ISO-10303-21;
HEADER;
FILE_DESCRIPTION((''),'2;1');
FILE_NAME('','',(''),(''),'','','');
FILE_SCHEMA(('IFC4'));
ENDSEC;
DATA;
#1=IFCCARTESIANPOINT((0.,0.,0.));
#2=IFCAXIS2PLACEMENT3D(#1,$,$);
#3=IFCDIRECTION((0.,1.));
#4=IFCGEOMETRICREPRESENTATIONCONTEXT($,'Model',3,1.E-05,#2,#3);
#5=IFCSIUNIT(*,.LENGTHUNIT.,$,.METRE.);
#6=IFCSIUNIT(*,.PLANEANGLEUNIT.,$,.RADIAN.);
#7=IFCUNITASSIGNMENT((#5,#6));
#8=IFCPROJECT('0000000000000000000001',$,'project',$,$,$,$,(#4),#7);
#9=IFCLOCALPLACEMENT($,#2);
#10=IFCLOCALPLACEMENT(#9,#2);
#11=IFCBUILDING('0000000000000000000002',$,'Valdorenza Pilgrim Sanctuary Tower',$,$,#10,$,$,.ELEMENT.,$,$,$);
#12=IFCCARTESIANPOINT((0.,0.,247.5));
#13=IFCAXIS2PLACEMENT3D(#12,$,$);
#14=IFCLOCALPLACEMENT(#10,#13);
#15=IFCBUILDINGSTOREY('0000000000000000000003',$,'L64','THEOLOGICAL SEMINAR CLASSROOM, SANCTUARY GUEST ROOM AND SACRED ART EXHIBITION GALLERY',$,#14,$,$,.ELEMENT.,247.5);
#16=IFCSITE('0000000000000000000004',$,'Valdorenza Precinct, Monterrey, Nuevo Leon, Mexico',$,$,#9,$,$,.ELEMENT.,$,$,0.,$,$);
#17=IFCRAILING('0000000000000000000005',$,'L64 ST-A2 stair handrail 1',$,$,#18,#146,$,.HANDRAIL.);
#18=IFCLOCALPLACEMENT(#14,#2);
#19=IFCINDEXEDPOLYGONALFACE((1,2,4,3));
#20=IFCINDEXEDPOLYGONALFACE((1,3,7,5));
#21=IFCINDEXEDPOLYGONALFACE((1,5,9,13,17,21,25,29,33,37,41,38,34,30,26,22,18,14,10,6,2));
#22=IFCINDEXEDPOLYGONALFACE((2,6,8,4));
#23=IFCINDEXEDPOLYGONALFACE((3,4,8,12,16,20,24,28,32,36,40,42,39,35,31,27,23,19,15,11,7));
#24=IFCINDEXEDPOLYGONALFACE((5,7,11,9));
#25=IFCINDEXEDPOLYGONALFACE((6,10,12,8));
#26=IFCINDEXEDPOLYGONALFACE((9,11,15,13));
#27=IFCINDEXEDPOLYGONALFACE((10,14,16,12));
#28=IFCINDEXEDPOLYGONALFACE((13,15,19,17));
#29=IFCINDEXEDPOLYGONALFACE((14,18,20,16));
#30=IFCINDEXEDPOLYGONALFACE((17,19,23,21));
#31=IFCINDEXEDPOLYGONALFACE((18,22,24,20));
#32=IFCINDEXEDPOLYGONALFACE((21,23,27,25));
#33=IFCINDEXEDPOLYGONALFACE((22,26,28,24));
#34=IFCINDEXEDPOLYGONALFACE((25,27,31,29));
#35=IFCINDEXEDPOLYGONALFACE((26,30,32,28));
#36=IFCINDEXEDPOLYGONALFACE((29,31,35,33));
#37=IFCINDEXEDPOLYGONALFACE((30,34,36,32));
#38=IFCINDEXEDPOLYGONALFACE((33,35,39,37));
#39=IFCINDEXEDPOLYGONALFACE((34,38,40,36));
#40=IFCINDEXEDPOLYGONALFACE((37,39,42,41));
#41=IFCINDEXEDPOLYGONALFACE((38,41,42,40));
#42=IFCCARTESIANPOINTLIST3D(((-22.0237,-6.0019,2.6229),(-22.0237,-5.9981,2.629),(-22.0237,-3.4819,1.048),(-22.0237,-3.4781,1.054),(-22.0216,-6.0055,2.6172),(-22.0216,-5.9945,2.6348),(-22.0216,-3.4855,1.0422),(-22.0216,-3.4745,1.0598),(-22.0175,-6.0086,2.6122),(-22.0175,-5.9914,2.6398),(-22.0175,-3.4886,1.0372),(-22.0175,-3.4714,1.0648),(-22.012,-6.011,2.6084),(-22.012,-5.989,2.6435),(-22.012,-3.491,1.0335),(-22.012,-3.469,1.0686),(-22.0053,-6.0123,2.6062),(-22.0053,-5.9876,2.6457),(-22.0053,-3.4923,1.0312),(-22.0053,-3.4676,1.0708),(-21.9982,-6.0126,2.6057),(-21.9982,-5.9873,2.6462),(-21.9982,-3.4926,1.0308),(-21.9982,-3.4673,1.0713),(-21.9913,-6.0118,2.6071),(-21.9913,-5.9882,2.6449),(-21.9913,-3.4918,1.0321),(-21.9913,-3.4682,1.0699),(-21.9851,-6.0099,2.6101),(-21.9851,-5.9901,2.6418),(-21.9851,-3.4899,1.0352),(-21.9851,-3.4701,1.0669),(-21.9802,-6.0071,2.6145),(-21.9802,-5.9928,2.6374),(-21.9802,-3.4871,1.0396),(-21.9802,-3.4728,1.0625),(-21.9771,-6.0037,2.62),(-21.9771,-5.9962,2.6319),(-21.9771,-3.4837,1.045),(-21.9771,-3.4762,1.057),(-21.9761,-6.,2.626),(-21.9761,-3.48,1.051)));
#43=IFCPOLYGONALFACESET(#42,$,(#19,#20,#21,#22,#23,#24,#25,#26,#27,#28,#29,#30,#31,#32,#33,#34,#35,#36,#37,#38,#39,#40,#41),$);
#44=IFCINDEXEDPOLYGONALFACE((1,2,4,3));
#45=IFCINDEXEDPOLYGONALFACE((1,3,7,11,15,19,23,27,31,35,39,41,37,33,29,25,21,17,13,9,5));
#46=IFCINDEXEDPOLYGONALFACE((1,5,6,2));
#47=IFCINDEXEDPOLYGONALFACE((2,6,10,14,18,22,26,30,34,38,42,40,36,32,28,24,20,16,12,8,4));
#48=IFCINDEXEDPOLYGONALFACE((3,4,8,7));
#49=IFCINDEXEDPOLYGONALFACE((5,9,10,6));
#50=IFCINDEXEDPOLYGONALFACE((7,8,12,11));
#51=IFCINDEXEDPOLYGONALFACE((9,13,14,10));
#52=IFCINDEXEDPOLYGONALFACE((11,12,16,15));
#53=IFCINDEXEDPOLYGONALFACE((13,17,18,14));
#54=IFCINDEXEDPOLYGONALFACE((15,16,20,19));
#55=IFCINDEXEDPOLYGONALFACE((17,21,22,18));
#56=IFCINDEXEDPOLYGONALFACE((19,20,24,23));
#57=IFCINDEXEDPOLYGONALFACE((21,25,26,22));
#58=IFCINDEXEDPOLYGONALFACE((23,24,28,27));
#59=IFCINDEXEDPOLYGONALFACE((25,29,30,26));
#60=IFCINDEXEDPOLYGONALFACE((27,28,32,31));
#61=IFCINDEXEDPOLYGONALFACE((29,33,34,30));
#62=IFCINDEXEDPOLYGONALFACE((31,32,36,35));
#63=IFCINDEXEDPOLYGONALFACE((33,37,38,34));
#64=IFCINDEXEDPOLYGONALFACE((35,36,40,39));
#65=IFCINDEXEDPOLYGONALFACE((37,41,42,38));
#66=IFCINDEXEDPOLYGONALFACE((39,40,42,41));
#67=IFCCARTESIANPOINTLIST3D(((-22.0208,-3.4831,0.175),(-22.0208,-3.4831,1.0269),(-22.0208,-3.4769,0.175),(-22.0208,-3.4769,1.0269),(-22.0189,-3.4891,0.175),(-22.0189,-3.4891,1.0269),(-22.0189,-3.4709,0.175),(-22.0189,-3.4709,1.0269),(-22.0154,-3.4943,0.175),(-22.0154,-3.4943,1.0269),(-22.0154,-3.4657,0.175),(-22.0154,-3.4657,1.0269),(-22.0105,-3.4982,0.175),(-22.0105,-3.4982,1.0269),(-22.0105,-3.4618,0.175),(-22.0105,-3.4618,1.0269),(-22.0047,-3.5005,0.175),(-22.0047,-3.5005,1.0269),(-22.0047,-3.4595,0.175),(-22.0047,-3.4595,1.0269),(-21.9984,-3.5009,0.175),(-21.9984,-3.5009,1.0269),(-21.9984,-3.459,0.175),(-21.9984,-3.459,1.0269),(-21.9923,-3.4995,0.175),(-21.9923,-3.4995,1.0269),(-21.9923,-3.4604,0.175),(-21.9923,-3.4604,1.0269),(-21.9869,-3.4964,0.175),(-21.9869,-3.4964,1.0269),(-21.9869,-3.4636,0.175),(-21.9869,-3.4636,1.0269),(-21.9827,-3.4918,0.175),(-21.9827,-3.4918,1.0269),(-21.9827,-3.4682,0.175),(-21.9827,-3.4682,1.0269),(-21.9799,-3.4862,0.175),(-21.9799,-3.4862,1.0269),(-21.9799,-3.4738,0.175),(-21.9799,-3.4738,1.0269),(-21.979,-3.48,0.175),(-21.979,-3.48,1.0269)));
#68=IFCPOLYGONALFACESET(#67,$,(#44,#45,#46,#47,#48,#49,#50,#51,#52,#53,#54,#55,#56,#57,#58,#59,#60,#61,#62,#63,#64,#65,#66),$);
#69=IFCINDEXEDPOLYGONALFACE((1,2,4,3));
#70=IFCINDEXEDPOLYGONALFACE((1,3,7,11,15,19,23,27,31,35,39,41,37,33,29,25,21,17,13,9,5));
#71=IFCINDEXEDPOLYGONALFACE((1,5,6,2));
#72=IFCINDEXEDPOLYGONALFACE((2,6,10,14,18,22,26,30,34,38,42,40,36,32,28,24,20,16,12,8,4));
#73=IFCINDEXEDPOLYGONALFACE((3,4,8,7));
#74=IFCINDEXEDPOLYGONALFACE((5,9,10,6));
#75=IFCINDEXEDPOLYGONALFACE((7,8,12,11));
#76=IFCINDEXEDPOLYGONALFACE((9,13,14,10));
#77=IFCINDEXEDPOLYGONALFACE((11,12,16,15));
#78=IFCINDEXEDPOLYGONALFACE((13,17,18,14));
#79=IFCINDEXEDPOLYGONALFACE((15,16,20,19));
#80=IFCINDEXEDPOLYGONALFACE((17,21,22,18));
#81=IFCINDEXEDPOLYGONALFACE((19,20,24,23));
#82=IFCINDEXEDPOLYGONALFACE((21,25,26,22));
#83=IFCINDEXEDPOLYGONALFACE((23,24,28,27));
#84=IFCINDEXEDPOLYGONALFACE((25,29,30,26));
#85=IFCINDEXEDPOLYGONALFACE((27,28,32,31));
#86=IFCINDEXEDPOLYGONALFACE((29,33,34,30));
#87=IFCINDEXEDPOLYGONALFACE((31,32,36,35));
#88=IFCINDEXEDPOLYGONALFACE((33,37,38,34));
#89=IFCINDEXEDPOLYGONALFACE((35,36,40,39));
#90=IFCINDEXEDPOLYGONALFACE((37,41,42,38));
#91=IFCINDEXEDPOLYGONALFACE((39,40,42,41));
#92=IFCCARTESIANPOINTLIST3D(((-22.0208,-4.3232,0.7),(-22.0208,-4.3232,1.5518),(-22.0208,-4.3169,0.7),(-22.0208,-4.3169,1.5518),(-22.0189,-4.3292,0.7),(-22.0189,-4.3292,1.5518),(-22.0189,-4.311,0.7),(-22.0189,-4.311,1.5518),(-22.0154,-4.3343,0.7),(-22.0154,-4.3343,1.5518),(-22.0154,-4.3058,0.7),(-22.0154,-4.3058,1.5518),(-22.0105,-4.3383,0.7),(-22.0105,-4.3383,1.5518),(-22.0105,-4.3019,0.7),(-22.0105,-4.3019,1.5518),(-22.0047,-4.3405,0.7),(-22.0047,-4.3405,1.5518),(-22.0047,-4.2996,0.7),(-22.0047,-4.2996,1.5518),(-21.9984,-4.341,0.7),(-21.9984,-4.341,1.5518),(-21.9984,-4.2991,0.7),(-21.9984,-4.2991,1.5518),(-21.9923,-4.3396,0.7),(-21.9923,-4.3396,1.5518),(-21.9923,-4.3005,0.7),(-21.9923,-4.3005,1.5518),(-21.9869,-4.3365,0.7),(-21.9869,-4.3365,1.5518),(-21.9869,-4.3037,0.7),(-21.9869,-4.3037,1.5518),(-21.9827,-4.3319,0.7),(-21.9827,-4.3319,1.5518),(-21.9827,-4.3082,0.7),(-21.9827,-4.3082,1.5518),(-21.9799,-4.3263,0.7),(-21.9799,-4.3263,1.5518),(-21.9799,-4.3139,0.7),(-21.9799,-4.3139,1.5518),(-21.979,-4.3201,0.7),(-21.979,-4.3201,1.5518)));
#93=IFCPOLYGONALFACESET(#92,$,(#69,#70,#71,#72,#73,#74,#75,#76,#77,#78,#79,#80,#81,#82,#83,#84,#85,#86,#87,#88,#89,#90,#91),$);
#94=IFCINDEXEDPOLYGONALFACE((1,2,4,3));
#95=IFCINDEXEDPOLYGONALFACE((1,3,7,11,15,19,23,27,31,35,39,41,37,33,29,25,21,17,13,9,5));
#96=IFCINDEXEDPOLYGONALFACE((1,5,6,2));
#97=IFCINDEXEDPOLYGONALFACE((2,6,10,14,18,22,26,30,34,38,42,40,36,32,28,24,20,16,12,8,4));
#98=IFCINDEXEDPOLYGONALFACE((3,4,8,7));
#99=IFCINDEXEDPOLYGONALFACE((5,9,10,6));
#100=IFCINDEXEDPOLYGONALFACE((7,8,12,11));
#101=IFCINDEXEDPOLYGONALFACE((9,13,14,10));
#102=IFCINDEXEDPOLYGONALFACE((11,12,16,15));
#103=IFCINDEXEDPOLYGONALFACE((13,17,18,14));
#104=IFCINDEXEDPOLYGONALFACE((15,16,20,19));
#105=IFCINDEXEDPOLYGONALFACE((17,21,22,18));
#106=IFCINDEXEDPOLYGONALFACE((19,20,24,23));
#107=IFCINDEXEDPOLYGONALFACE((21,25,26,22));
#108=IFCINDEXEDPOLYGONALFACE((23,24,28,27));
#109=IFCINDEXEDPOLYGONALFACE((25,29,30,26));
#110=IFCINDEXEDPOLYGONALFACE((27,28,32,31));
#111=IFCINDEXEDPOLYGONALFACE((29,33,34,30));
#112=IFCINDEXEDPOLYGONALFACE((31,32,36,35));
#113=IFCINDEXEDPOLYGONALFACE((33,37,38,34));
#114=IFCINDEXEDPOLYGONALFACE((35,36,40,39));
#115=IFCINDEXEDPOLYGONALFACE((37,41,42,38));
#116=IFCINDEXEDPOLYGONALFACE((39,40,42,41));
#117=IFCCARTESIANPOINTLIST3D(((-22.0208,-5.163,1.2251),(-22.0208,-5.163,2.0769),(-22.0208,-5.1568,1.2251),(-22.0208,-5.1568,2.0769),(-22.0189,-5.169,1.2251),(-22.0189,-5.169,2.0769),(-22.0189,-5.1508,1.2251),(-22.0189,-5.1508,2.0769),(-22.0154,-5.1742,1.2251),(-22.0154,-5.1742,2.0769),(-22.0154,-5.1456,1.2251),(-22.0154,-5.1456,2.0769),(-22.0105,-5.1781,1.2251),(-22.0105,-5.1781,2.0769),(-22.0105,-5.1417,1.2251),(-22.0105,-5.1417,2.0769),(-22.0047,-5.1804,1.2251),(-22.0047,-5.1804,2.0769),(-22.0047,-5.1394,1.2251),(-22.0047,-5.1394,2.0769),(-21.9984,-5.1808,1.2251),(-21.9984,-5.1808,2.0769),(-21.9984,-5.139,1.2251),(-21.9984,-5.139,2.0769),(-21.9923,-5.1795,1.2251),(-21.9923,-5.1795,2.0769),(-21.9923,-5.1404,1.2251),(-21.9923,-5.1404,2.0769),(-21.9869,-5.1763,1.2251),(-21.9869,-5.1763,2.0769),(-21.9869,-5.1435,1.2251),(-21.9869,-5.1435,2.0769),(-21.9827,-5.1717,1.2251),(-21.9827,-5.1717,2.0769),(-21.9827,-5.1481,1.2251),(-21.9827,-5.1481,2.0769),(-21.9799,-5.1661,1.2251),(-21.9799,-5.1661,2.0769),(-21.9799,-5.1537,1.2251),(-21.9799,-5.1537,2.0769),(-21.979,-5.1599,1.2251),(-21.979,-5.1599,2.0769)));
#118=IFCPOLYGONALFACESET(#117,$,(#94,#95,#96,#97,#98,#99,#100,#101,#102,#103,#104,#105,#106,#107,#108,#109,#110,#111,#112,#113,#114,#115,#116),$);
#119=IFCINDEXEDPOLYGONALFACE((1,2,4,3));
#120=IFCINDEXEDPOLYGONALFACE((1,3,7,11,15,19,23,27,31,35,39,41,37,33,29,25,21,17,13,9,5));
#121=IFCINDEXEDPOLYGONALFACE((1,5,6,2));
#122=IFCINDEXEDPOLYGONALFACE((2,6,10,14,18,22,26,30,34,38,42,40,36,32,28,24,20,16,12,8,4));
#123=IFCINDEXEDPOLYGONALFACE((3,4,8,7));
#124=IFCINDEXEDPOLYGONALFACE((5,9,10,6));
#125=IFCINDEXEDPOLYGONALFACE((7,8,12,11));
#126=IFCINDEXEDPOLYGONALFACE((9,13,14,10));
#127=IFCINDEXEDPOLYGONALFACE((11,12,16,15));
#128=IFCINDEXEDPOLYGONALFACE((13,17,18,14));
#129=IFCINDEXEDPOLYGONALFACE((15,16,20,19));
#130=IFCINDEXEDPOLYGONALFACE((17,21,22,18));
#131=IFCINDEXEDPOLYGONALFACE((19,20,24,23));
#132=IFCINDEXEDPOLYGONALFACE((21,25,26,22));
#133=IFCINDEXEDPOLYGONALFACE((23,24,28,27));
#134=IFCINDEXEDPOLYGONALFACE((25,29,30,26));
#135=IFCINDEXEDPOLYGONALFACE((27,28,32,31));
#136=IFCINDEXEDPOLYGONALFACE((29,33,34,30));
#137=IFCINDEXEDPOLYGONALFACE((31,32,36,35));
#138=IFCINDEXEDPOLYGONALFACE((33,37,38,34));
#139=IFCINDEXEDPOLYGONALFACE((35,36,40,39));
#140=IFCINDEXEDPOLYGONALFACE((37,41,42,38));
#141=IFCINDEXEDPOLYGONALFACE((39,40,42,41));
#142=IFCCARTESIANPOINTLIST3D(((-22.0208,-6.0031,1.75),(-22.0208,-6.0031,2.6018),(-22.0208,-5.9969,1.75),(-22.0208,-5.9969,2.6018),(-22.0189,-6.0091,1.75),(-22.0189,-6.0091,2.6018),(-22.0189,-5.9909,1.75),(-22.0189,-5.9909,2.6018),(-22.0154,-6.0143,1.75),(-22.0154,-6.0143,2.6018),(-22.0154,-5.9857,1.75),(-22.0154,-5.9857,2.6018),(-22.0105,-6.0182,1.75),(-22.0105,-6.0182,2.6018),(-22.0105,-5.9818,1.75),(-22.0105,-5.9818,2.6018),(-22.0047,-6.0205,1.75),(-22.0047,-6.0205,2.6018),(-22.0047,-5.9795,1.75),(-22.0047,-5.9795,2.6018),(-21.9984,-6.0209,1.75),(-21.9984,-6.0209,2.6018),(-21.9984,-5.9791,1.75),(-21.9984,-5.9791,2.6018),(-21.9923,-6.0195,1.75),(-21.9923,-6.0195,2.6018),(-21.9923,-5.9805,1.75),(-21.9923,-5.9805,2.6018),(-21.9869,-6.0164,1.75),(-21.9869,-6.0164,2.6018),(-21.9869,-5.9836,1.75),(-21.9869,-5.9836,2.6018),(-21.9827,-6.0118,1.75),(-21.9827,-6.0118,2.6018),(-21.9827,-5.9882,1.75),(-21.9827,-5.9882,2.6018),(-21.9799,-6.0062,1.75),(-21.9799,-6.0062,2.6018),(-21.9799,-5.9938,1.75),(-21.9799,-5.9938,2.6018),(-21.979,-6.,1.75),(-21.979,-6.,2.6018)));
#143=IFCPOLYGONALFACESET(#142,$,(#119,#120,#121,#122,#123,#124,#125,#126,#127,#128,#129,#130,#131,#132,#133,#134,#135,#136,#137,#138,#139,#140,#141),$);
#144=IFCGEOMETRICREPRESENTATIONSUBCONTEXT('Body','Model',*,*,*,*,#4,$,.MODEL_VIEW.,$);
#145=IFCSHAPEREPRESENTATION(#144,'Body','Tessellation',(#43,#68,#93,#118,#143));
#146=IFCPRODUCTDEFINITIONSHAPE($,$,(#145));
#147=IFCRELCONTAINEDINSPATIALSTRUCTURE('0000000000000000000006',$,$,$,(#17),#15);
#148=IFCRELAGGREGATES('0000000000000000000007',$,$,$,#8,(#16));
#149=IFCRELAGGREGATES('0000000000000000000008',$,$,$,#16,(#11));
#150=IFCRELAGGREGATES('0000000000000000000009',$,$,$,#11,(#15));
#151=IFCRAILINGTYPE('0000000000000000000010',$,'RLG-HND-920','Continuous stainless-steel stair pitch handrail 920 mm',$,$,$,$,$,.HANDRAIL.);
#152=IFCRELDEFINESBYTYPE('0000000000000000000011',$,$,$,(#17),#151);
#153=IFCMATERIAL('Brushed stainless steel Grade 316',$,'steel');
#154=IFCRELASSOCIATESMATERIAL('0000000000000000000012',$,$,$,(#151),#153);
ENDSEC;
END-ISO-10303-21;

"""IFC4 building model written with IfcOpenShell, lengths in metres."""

from ifc_helpers import new_model, si_unit, direction, frame, origin, origin_2d, place, context, subcontext, project, spatial, circle, extrude, material, type_object, element, save


model = new_model("IFC4")

# Units and contexts
model_context = context("Model", 3, precision=1e-05, world=origin(), true_north=direction((0.0, 1.0)))
body_context = subcontext(model_context, "Body", "Model", "MODEL_VIEW")
ifc_project = project(units=[si_unit("LENGTHUNIT", "METRE"), si_unit("PLANEANGLEUNIT", "RADIAN")], contexts=[model_context])

# Site, building, storey
site_placement = place(None, origin())
site = spatial("IfcSite", under=ifc_project, at=site_placement, Name="Valdorenza Precinct, Monterrey, Nuevo Leon, Mexico", CompositionType="ELEMENT", RefElevation=0.0)
building_placement = place(site_placement, origin())
building = spatial("IfcBuilding", under=site, at=building_placement, Name="Valdorenza Pilgrim Sanctuary Tower", CompositionType="ELEMENT")
storey_placement = place(building_placement, frame((0.0, 0.0, 247.5)))
storey = spatial("IfcBuildingStorey", under=building, at=storey_placement, Name="L64", Description="THEOLOGICAL SEMINAR CLASSROOM, SANCTUARY GUEST ROOM AND SACRED ART EXHIBITION GALLERY", CompositionType="ELEMENT", Elevation=247.5)

# Railing
ifc_material_1 = material(Name="Brushed stainless steel Grade 316", Category="steel")
railing_type_1 = type_object("IfcRailingType", Name="RLG-HND-920", Description="Continuous stainless-steel stair pitch handrail 920 mm", PredefinedType="HANDRAIL", material=ifc_material_1)
railing_1_placement = place(storey_placement, frame((-22.0, -3.48, 0.175)))
element("IfcRailing", 1, at=railing_1_placement, inside=storey, type_object=railing_type_1, Name="L64 ST-A2 stair handrail 1", PredefinedType="HANDRAIL", context=body_context, shape_type="SweptSolid", body=[
    extrude(circle(Radius=0.0239, at=origin_2d()), frame((0.0, 0.0, 0.876), z_axis=(0.0, -0.848008, 0.529984), x_axis=(1.0, 0.0, 0.0)), (0.0, 0.0, 1.0), 2.9717),
    extrude(circle(Radius=0.021, at=origin_2d()), origin(), (0.0, 0.0, 1.0), 0.8518),
    extrude(circle(Radius=0.021, at=origin_2d()), frame((0.0, -0.8401, 0.5249)), (0.0, 0.0, 1.0), 0.8518),
    extrude(circle(Radius=0.021, at=origin_2d()), frame((0.0, -1.6799, 1.05)), (0.0, 0.0, 1.0), 0.8518),
    extrude(circle(Radius=0.021, at=origin_2d()), frame((0.0, -2.52, 1.575)), (0.0, 0.0, 1.0), 0.8518),
])

save(model, "model.ifc")
